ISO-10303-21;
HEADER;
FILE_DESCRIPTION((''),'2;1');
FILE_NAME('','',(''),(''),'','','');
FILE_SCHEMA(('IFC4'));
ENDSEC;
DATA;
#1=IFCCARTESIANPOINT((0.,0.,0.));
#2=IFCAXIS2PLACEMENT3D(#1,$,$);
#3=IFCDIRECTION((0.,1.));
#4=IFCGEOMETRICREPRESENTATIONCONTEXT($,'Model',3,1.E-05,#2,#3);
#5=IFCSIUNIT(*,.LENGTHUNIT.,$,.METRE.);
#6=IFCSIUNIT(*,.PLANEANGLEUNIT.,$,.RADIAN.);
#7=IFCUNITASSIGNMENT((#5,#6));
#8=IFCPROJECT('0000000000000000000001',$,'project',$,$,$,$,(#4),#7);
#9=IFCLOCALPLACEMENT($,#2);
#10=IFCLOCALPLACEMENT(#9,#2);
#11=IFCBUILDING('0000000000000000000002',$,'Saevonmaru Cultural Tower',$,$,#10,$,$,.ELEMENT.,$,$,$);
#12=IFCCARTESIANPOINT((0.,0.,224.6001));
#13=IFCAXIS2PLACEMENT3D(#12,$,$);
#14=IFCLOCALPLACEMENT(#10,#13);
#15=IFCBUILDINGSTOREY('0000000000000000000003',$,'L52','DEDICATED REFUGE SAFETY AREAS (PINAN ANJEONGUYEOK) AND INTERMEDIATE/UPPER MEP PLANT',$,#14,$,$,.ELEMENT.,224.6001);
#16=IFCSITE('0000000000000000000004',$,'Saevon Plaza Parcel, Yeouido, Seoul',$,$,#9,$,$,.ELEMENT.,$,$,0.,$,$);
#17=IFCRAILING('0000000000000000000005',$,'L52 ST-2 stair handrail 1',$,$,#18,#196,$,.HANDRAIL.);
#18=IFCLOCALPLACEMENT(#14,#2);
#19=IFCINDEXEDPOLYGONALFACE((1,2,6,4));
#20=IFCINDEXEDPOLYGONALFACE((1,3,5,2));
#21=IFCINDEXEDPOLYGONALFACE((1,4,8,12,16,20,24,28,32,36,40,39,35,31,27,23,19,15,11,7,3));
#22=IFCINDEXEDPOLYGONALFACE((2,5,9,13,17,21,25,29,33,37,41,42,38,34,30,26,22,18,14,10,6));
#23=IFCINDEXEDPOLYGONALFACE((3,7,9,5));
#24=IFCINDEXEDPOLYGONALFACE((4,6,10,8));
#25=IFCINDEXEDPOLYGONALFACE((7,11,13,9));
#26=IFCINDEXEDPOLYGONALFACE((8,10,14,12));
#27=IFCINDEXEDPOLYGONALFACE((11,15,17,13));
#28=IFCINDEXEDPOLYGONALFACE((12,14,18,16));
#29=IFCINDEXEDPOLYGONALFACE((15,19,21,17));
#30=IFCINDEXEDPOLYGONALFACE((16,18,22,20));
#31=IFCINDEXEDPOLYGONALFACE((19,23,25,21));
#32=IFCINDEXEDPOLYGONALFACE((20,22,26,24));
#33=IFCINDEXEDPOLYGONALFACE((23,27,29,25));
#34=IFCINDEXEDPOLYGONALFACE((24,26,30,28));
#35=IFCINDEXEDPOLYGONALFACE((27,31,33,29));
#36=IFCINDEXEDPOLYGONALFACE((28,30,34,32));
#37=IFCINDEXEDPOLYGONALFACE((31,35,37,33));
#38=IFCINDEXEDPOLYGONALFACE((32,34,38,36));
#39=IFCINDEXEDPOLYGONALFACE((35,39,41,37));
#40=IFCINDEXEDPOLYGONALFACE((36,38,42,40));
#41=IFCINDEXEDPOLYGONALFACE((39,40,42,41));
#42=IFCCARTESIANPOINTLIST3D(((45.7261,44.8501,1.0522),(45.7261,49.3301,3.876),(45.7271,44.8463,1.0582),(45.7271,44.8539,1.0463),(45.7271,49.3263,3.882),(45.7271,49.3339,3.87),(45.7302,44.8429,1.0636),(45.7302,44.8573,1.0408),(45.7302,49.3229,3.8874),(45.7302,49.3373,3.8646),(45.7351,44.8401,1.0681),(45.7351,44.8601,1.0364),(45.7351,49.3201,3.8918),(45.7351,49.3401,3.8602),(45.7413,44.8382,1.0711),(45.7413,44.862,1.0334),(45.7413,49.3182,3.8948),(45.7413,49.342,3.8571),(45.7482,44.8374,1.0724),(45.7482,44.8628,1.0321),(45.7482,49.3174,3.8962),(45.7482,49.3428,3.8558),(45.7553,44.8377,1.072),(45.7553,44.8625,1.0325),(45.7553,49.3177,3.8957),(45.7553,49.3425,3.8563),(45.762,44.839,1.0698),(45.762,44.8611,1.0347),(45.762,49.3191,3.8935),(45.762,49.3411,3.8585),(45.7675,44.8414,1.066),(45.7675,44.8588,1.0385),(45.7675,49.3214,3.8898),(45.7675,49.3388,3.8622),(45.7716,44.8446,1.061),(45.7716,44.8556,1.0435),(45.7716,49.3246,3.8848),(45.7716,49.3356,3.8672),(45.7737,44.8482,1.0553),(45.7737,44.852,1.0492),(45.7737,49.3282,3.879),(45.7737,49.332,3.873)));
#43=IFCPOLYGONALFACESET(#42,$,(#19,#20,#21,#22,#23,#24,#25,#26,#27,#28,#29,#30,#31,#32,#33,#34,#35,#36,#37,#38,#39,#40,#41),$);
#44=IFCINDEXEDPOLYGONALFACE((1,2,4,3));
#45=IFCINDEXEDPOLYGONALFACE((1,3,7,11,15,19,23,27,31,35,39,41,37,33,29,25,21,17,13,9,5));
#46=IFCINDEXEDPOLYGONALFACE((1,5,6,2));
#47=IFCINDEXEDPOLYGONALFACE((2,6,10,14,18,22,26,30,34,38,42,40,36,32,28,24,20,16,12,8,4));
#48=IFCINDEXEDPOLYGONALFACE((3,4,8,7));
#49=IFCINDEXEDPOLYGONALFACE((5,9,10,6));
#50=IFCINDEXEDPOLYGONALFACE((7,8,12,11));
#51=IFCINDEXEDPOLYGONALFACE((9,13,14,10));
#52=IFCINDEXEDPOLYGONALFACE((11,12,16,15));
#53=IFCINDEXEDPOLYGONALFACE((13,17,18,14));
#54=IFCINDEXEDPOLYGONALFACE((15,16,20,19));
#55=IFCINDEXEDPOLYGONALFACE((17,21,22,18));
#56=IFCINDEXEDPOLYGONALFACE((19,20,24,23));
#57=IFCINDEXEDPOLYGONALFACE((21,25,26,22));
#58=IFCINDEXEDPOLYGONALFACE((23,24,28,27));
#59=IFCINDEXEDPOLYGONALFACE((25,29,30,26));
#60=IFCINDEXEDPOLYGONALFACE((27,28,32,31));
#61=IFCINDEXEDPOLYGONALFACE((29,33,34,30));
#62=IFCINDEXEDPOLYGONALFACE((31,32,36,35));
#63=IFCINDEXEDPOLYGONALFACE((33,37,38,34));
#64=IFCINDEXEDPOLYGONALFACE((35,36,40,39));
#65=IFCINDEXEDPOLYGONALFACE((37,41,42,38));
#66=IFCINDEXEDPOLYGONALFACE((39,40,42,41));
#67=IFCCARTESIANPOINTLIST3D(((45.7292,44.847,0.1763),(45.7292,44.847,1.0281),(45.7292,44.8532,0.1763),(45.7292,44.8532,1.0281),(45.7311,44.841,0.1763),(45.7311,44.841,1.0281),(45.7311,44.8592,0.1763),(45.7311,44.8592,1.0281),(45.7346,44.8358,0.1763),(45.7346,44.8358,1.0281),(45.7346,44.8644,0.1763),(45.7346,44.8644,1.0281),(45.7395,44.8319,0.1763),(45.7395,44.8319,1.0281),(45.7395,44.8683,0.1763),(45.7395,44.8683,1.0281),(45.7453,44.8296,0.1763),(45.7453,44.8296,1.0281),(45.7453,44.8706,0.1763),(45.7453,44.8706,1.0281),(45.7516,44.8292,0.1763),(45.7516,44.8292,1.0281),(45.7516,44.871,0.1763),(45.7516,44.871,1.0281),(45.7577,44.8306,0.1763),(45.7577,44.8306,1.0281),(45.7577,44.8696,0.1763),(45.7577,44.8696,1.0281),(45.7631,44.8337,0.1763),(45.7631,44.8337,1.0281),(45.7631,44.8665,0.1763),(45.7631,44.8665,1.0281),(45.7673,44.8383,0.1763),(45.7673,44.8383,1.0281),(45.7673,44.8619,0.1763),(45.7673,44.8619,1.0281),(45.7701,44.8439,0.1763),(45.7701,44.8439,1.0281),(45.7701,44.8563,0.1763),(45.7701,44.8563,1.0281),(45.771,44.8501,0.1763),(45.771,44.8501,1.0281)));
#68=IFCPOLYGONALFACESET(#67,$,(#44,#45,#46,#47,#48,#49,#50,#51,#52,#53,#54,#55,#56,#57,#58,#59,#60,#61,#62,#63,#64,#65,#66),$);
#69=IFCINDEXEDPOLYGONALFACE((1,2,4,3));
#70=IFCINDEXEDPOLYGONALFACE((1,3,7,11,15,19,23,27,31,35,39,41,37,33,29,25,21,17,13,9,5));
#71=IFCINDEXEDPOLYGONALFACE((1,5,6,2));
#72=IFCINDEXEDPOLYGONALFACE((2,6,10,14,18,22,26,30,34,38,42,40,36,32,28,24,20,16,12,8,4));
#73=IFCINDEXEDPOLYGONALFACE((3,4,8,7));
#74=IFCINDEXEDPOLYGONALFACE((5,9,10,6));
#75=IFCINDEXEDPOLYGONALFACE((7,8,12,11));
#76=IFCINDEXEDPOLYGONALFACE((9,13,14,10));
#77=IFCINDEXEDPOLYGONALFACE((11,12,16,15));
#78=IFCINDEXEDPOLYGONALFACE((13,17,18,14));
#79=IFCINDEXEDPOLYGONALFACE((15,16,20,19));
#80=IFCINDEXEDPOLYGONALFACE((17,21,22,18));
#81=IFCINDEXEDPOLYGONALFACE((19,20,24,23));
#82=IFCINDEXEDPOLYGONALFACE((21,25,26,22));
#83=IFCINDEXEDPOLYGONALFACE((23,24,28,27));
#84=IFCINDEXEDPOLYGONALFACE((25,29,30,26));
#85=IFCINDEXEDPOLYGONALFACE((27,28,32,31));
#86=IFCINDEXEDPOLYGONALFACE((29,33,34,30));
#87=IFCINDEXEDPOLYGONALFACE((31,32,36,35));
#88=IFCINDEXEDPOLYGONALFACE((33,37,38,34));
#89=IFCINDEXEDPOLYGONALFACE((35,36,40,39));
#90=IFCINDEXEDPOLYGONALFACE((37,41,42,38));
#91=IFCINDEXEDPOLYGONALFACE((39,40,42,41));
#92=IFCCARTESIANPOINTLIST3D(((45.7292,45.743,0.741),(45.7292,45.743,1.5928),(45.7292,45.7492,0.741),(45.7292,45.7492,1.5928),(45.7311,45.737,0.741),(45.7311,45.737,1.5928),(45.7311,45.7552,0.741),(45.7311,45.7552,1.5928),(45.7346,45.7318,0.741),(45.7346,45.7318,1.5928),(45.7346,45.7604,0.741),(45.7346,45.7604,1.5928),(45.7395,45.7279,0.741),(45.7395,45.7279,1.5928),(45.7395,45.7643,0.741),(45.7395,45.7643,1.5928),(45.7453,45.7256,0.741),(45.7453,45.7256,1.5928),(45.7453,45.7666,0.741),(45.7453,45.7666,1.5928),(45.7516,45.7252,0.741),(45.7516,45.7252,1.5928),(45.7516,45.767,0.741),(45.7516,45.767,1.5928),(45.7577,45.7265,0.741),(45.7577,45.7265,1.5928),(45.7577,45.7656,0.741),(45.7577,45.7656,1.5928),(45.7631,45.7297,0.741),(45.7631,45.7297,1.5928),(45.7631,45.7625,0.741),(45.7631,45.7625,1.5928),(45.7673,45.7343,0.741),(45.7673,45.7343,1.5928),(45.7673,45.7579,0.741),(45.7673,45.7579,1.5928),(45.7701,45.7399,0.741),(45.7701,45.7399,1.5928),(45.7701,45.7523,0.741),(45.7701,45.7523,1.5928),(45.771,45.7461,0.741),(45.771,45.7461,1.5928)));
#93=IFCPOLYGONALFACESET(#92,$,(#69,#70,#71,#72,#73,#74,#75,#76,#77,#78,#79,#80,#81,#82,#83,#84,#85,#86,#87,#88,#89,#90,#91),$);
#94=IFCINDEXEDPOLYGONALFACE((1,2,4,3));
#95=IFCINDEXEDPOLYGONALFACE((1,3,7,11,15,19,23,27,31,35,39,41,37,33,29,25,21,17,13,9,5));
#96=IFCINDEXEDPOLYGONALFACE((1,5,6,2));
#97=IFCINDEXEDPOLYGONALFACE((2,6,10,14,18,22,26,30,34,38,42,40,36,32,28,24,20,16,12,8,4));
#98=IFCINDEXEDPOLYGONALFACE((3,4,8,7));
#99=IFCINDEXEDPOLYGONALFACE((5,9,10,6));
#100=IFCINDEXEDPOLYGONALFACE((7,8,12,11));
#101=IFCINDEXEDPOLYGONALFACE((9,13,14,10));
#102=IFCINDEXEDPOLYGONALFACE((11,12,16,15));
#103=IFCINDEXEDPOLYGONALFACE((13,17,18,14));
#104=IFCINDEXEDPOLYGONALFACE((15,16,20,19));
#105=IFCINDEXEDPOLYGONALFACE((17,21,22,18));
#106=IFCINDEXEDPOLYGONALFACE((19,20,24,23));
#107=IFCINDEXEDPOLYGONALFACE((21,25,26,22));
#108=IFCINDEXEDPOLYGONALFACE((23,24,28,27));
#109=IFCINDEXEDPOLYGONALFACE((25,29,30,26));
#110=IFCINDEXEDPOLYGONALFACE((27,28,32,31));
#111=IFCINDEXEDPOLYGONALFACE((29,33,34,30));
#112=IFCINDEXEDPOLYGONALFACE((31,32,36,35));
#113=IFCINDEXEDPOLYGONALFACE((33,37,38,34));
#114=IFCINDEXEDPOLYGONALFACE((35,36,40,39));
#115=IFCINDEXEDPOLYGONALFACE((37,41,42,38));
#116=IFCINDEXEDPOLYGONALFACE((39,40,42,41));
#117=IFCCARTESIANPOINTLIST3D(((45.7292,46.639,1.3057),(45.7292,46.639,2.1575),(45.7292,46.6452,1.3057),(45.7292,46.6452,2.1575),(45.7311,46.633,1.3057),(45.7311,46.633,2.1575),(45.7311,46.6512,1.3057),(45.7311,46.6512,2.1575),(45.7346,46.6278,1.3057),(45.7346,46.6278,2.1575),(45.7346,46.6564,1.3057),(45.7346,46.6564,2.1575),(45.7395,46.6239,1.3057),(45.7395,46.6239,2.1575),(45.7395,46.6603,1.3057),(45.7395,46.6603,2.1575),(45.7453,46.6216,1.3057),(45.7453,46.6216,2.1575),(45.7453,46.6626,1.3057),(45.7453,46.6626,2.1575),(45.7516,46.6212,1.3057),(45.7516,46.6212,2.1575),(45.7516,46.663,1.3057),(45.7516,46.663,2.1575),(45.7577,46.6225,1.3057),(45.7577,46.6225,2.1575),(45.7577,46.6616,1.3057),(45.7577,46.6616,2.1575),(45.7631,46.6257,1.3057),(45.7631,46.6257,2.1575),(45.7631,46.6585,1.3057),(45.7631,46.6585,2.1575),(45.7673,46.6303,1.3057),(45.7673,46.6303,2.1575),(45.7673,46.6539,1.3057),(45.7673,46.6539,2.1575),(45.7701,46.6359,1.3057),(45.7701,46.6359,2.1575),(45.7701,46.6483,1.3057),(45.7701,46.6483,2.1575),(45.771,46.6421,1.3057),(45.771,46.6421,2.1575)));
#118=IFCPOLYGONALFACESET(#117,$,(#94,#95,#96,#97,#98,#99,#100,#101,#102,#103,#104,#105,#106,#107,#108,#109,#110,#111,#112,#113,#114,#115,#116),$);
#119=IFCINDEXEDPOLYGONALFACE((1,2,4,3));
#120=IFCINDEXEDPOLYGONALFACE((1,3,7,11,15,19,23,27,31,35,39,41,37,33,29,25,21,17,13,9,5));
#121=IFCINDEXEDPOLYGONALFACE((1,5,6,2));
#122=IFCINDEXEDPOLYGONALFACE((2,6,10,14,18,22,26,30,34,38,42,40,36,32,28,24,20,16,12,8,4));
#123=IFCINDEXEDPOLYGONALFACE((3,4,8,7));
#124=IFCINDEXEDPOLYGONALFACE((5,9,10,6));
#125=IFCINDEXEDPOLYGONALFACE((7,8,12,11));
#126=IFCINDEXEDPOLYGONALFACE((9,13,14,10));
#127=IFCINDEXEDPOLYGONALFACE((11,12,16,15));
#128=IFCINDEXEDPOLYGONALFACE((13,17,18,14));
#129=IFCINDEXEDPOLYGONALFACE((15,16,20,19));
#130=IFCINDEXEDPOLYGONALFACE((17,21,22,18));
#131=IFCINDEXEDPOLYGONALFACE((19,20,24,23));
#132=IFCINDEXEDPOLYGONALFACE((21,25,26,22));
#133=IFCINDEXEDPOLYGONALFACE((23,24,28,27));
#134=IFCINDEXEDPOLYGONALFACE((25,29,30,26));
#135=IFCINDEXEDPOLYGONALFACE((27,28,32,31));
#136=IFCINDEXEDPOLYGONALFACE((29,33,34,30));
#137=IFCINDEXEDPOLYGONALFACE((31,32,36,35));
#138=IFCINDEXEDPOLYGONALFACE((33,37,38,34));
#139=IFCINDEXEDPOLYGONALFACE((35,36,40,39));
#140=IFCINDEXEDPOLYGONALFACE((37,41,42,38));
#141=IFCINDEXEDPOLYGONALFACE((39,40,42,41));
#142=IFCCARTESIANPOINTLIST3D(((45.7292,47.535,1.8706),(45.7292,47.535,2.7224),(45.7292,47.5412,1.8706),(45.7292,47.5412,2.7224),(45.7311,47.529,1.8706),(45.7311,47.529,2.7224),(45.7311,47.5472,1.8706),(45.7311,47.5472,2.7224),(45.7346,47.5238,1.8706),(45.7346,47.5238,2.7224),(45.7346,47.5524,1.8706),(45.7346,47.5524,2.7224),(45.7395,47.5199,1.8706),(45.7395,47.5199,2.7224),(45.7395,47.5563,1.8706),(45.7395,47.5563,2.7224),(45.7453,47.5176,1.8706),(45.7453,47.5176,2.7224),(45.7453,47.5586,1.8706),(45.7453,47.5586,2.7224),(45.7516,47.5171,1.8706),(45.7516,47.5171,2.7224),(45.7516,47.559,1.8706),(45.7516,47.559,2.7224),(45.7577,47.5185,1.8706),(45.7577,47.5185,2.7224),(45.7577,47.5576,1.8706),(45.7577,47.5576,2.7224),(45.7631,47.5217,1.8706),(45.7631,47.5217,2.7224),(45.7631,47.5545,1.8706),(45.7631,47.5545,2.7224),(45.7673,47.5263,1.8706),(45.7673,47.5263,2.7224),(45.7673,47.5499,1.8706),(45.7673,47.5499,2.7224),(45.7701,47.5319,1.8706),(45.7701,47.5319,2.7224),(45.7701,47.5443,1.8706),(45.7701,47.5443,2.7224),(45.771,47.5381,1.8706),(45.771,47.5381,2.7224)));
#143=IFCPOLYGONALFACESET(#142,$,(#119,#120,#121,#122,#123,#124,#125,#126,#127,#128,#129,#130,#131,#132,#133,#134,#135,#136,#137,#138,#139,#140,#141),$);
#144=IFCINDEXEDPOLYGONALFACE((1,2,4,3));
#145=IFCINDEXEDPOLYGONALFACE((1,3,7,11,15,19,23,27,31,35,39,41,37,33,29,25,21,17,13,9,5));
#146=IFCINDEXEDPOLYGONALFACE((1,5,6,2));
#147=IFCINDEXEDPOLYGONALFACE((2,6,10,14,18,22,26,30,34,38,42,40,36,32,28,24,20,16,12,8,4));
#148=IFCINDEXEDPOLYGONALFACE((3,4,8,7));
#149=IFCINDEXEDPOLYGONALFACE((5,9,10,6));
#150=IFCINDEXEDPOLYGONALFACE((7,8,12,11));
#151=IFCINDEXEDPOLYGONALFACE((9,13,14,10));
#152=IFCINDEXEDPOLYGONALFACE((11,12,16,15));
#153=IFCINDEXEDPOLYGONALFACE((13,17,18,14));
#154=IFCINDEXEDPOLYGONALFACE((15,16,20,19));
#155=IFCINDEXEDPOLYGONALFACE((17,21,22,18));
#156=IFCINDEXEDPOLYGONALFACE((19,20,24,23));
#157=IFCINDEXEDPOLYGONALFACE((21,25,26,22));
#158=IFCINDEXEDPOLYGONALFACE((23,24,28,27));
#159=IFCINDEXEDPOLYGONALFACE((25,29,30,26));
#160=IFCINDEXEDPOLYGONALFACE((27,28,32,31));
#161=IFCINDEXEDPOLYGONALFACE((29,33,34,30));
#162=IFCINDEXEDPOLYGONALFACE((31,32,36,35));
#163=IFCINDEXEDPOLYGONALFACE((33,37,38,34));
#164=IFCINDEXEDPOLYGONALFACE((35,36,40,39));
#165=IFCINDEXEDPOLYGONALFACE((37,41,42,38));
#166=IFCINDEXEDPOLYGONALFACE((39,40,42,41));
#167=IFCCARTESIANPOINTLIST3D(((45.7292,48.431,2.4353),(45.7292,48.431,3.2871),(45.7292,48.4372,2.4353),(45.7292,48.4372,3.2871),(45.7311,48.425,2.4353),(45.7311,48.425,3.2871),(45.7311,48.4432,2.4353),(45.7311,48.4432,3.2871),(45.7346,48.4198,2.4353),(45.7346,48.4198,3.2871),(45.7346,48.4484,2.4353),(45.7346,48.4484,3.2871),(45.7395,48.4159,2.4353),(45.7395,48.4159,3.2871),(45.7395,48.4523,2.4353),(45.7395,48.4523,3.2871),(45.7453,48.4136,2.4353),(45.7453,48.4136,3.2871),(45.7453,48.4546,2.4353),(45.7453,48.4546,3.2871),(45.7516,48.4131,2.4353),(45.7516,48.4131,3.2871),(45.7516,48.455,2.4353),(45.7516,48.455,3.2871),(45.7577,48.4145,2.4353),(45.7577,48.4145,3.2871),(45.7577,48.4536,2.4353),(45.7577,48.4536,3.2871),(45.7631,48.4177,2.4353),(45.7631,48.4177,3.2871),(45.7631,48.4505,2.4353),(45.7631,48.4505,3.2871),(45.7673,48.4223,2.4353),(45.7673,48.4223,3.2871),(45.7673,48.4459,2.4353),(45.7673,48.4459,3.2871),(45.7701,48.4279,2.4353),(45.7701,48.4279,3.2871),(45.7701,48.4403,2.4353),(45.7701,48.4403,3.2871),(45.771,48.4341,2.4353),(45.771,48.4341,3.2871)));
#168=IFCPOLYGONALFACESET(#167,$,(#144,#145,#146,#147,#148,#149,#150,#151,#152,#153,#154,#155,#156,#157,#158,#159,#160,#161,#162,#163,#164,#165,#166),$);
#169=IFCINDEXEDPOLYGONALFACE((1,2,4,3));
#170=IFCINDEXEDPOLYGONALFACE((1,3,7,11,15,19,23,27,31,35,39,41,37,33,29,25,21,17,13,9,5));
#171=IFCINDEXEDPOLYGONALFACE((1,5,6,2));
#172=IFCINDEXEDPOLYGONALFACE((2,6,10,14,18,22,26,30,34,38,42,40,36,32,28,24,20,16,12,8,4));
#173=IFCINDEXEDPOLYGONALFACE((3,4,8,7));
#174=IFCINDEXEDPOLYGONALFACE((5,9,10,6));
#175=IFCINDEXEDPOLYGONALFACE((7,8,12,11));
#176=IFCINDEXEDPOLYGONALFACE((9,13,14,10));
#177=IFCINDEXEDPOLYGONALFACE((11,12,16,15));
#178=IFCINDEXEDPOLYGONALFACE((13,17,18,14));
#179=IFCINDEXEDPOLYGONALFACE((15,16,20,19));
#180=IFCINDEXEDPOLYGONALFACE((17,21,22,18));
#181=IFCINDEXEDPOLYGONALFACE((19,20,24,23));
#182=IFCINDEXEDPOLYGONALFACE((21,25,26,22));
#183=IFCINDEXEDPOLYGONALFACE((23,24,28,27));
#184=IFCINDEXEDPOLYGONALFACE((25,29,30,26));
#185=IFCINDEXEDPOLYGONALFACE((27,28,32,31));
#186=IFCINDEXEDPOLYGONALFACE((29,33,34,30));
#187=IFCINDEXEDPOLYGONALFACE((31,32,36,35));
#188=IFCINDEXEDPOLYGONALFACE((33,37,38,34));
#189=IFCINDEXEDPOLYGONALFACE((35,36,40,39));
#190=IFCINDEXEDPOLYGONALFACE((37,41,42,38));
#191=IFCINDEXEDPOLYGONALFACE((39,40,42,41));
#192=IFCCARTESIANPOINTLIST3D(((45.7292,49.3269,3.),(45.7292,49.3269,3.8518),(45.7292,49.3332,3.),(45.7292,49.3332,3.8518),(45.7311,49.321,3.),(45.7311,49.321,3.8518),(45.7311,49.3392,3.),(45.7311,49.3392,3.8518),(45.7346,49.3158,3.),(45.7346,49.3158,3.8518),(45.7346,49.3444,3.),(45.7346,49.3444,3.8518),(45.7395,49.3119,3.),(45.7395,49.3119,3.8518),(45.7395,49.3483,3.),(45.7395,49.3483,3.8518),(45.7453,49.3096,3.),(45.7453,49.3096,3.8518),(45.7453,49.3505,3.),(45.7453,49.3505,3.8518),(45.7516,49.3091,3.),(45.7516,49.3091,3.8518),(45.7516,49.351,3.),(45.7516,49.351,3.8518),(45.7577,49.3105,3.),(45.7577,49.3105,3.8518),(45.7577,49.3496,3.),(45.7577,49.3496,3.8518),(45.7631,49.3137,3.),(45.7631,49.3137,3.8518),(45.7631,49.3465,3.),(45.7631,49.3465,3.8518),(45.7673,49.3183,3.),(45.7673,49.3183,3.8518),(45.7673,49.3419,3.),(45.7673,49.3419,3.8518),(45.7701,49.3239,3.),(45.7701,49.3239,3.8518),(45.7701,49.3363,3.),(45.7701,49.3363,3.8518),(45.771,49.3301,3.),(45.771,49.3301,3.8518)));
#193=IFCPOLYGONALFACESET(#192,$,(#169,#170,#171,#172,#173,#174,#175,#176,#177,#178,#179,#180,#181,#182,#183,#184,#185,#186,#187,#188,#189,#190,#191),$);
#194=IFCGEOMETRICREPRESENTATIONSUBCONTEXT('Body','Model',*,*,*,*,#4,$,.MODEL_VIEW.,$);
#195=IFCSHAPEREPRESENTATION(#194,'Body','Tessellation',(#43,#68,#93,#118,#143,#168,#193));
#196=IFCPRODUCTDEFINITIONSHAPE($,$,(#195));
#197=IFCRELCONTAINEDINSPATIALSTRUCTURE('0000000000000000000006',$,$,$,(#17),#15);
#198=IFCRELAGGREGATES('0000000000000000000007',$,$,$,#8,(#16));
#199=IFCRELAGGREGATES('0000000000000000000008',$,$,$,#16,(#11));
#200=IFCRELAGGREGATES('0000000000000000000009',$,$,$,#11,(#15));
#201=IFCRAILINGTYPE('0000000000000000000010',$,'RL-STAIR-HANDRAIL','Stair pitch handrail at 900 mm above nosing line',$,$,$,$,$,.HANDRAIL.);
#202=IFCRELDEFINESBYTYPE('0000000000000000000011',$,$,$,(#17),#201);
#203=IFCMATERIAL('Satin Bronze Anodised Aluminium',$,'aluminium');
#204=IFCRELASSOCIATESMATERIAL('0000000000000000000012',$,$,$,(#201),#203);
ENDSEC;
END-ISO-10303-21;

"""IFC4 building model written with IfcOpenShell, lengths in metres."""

from ifc_helpers import new_model, si_unit, direction, frame, origin, origin_2d, place, context, subcontext, project, spatial, circle, extrude, material, type_object, element, save


model = new_model("IFC4")

# Units and contexts
model_context = context("Model", 3, precision=1e-05, world=origin(), true_north=direction((0.0, 1.0)))
body_context = subcontext(model_context, "Body", "Model", "MODEL_VIEW")
ifc_project = project(units=[si_unit("LENGTHUNIT", "METRE"), si_unit("PLANEANGLEUNIT", "RADIAN")], contexts=[model_context])

# Site, building, storey
site_placement = place(None, origin())
site = spatial("IfcSite", under=ifc_project, at=site_placement, Name="Saevon Plaza Parcel, Yeouido, Seoul", CompositionType="ELEMENT", RefElevation=0.0)
building_placement = place(site_placement, origin())
building = spatial("IfcBuilding", under=site, at=building_placement, Name="Saevonmaru Cultural Tower", CompositionType="ELEMENT")
storey_placement = place(building_placement, frame((0.0, 0.0, 224.6001)))
storey = spatial("IfcBuildingStorey", under=building, at=storey_placement, Name="L52", Description="DEDICATED REFUGE SAFETY AREAS (PINAN ANJEONGUYEOK) AND INTERMEDIATE/UPPER MEP PLANT", CompositionType="ELEMENT", Elevation=224.6001)

# Shared definitions
ifc_material_1 = material(Name="Satin Bronze Anodised Aluminium", Category="aluminium")

# Railing
railing_type_1 = type_object("IfcRailingType", Name="RL-STAIR-HANDRAIL", Description="Stair pitch handrail at 900 mm above nosing line", PredefinedType="HANDRAIL", material=ifc_material_1)
railing_1_placement = place(storey_placement, frame((45.75, 44.8501, 0.1763)))
element("IfcRailing", 1, at=railing_1_placement, inside=storey, type_object=railing_type_1, Name="L52 ST-2 stair handrail 1", PredefinedType="HANDRAIL", context=body_context, shape_type="SweptSolid", body=[
    extrude(circle(Radius=0.0239, at=origin_2d()), frame((0.0, 0.0, 0.876), z_axis=(0.0, 0.845977, 0.533219), x_axis=(-1.0, 0.0, 0.0)), (0.0, 0.0, 1.0), 5.2957),
    extrude(circle(Radius=0.021, at=origin_2d()), origin(), (0.0, 0.0, 1.0), 0.8518),
    extrude(circle(Radius=0.021, at=origin_2d()), frame((0.0, 0.896, 0.5647)), (0.0, 0.0, 1.0), 0.8518),
    extrude(circle(Radius=0.021, at=origin_2d()), frame((0.0, 1.792, 1.1294)), (0.0, 0.0, 1.0), 0.8518),
    extrude(circle(Radius=0.021, at=origin_2d()), frame((0.0, 2.688, 1.6943)), (0.0, 0.0, 1.0), 0.8518),
    extrude(circle(Radius=0.021, at=origin_2d()), frame((0.0, 3.584, 2.259)), (0.0, 0.0, 1.0), 0.8518),
    extrude(circle(Radius=0.021, at=origin_2d()), frame((0.0, 4.48, 2.8237)), (0.0, 0.0, 1.0), 0.8518),
])

save(model, "model.ifc")
